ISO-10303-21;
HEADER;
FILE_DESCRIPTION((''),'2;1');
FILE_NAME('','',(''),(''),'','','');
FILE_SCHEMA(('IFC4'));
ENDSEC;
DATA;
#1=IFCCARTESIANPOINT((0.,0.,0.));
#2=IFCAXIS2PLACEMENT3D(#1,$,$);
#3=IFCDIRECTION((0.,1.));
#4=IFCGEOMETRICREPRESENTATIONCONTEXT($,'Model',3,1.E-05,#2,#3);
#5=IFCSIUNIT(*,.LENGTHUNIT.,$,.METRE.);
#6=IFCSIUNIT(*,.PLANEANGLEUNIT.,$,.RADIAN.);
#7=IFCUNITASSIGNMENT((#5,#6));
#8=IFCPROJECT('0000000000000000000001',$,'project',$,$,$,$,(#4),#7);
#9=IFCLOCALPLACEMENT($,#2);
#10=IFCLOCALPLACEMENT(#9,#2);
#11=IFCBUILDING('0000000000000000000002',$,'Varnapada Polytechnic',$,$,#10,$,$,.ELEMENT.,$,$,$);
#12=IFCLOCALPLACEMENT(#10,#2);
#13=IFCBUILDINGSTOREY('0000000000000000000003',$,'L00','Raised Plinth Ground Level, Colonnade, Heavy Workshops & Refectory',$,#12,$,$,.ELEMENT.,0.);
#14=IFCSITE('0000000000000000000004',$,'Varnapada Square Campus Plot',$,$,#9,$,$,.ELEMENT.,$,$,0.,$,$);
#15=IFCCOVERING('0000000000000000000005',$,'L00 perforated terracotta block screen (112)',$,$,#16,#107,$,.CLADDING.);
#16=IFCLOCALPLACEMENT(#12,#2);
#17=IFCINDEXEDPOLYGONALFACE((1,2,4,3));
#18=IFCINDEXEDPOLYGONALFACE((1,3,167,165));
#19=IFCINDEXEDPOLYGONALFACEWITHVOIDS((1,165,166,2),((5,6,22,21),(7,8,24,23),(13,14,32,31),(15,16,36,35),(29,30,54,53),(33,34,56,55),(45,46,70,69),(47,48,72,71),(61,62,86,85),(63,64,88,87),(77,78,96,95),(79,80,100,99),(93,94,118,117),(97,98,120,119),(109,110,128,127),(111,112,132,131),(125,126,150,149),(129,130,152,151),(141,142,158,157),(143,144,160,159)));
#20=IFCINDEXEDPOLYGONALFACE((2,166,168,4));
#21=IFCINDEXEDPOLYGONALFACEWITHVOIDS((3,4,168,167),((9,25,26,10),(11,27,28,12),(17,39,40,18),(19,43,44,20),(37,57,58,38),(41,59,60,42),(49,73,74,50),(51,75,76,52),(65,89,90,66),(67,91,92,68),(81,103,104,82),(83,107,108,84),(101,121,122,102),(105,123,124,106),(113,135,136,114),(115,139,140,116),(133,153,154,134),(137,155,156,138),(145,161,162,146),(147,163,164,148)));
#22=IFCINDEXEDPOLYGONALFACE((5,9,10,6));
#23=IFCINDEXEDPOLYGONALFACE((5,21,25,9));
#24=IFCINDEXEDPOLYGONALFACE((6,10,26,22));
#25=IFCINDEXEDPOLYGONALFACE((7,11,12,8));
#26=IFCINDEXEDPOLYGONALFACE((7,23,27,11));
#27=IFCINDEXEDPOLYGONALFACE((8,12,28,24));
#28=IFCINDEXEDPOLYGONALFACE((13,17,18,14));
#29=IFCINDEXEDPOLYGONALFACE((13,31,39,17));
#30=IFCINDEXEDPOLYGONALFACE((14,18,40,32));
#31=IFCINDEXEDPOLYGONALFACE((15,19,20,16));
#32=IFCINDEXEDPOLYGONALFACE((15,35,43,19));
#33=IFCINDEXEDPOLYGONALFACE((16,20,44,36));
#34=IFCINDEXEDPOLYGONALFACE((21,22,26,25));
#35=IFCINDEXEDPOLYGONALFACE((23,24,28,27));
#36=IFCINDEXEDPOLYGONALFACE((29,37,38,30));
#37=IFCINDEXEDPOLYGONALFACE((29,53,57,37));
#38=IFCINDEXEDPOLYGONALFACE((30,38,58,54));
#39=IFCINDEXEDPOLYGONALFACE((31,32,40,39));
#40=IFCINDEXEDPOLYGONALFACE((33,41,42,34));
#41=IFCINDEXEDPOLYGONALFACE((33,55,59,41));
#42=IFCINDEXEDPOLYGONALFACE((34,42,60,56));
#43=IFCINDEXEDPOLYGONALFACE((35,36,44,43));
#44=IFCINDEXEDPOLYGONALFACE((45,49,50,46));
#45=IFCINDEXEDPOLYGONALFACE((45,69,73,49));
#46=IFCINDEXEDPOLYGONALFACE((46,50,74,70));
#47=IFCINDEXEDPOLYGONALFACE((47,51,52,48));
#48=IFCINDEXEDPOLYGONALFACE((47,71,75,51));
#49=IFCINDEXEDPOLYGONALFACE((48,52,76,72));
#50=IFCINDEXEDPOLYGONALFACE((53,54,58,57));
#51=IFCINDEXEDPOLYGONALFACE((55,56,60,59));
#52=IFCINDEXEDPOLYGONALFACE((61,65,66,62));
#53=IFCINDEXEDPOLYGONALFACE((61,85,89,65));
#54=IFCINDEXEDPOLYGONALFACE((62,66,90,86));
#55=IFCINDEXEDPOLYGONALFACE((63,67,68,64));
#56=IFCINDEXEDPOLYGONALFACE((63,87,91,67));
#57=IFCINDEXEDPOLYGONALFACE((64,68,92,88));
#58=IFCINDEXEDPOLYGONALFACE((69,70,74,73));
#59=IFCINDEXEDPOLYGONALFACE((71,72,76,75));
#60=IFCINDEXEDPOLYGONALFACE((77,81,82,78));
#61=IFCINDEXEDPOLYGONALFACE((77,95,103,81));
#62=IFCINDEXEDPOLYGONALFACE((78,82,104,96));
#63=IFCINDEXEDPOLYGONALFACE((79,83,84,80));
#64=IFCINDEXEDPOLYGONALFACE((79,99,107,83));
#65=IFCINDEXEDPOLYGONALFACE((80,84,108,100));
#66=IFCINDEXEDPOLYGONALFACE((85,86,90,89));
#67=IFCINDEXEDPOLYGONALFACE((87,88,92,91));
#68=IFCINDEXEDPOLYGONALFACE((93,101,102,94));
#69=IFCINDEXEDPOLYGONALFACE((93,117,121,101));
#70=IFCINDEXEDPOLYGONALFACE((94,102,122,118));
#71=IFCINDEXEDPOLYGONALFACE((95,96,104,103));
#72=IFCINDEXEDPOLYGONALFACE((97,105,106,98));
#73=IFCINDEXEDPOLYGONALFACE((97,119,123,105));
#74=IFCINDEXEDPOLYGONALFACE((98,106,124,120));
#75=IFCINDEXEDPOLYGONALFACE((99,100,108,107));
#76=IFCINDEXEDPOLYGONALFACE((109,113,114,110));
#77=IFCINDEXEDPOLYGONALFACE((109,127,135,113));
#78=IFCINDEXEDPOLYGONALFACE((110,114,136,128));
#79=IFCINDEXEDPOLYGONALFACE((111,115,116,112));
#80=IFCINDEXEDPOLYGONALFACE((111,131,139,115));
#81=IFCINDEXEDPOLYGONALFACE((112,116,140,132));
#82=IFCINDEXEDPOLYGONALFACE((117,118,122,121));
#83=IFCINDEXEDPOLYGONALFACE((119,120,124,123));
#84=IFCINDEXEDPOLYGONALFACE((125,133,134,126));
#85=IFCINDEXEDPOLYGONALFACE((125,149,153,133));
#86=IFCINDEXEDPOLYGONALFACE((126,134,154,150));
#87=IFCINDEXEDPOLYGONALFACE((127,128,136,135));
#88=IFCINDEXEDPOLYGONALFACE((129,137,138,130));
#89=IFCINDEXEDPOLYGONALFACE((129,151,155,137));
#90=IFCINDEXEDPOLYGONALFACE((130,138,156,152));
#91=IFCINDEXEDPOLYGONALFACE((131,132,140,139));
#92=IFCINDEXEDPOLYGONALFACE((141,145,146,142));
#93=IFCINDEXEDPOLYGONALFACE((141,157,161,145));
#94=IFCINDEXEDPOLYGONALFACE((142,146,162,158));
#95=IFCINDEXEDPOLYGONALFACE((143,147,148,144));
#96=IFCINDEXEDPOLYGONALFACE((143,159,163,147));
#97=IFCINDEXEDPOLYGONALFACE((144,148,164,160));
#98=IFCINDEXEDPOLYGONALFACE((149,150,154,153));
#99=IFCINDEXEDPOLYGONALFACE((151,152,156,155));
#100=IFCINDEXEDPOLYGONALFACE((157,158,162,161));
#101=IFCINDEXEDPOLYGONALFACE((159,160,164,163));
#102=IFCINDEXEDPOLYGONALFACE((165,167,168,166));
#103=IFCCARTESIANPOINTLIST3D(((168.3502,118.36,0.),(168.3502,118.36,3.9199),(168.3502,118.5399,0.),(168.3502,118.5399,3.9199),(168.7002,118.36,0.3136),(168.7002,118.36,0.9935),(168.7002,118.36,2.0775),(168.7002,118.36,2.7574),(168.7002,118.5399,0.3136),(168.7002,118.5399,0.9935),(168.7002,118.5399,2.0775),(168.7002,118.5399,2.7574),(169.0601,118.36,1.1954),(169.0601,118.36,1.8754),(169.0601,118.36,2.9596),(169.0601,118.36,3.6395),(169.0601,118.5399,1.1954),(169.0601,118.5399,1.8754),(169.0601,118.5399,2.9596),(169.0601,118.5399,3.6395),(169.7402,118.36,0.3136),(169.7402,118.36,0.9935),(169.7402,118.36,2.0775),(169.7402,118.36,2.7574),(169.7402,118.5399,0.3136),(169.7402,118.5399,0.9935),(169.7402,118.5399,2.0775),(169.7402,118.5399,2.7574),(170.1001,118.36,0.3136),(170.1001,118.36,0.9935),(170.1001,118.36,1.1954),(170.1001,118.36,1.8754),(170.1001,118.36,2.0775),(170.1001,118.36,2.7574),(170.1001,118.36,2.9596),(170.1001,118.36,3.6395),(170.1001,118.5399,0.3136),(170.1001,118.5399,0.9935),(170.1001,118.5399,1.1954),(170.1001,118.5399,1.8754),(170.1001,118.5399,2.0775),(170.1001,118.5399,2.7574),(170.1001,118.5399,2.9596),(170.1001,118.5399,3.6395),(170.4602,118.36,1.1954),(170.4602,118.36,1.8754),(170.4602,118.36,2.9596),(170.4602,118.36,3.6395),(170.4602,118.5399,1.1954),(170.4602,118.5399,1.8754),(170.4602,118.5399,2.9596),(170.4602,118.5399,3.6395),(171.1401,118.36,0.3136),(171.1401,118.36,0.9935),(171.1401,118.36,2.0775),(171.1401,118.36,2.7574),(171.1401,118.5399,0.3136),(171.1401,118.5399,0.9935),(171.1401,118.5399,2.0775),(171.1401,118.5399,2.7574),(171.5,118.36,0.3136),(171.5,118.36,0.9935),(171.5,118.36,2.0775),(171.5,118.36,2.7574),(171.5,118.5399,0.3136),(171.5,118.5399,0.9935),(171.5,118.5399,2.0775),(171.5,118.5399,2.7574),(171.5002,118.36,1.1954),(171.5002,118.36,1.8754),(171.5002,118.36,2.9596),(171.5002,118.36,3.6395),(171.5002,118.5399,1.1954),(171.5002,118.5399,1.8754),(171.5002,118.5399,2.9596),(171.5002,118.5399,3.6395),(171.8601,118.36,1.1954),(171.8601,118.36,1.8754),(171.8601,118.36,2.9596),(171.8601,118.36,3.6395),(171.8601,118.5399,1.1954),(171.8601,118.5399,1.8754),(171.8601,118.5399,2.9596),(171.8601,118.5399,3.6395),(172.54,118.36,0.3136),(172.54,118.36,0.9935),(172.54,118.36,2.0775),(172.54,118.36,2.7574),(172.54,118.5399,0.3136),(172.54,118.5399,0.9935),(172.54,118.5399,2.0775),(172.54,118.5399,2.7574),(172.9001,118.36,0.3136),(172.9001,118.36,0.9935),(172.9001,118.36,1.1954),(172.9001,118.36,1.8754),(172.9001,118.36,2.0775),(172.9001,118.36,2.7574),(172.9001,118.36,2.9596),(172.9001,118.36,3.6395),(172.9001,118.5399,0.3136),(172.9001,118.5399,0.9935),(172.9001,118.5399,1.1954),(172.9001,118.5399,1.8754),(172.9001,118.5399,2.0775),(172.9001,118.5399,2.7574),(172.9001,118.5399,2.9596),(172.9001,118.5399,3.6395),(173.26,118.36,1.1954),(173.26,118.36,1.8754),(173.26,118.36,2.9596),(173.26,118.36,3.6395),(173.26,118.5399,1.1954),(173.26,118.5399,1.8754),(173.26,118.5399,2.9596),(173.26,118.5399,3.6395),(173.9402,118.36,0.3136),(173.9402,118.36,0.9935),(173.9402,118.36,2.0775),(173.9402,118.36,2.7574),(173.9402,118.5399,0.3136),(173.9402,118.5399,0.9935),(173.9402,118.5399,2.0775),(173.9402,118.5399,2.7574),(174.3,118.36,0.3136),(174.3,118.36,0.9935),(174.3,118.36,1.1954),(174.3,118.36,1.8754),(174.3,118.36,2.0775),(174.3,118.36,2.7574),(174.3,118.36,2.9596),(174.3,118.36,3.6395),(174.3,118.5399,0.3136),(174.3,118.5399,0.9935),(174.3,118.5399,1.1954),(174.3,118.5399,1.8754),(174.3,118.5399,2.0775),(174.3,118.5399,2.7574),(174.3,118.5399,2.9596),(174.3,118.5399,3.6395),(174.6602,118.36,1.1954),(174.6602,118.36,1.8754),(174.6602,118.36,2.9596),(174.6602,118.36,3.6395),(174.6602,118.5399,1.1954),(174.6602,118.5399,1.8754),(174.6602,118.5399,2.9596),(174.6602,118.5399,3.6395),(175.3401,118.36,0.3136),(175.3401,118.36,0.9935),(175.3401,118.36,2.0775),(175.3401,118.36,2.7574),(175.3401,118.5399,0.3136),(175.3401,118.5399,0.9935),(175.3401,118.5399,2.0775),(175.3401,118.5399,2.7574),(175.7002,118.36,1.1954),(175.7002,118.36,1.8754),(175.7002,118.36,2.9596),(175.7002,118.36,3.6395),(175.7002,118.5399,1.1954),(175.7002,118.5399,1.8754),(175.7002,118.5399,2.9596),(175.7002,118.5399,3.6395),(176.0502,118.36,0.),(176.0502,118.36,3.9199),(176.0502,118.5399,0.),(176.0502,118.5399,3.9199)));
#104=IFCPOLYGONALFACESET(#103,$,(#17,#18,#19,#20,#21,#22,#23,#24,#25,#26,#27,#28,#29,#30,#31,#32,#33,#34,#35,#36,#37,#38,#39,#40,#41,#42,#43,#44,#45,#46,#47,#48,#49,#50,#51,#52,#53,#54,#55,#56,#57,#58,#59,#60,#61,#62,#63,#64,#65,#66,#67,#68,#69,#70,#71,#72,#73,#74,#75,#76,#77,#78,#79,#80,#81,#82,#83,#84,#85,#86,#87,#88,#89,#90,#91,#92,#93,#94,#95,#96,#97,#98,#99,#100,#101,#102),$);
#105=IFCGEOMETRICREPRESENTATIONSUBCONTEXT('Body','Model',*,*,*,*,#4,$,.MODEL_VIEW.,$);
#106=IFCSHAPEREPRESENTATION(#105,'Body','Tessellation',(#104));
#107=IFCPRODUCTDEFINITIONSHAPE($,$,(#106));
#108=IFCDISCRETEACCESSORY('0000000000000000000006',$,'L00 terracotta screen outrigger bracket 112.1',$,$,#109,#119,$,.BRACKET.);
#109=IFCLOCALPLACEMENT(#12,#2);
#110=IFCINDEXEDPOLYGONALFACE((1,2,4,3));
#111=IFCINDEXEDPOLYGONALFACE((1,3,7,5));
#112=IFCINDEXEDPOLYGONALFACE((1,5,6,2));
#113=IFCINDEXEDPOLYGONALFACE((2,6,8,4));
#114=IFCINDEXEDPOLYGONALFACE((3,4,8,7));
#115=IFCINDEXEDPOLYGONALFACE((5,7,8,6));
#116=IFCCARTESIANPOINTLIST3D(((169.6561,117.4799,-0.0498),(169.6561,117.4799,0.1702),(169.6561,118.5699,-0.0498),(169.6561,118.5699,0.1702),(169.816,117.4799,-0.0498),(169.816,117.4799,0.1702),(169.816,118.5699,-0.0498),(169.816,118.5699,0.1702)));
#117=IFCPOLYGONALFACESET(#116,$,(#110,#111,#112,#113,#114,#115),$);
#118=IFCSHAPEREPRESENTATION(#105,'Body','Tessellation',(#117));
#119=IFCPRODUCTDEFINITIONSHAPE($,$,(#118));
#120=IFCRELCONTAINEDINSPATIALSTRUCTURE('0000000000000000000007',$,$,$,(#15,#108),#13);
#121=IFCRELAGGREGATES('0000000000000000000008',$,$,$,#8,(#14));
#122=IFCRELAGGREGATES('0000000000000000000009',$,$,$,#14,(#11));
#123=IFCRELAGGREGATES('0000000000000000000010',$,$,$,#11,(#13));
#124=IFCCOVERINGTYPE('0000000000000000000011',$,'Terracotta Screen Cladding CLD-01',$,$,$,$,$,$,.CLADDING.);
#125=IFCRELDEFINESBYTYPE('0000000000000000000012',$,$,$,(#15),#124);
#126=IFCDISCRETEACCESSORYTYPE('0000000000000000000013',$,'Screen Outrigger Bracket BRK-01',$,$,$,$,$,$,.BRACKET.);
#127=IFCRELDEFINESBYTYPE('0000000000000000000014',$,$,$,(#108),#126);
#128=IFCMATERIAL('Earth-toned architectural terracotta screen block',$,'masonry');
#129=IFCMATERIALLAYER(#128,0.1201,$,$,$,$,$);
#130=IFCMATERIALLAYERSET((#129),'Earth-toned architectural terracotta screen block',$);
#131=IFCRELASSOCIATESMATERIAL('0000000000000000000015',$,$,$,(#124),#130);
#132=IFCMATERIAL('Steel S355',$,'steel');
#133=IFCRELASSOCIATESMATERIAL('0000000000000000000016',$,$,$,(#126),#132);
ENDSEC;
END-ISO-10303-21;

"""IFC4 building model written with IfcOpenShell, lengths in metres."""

from ifc_helpers import new_model, si_unit, direction, frame, frame_2d, origin, origin_2d, place, context, subcontext, project, spatial, rectangle, extrude, material, layer, layer_set, type_object, element, save


model = new_model("IFC4")

# Units and contexts
model_context = context("Model", 3, precision=1e-05, world=origin(), true_north=direction((0.0, 1.0)))
body_context = subcontext(model_context, "Body", "Model", "MODEL_VIEW")
ifc_project = project(units=[si_unit("LENGTHUNIT", "METRE"), si_unit("PLANEANGLEUNIT", "RADIAN")], contexts=[model_context])

# Site, building, storey
site_placement = place(None, origin())
site = spatial("IfcSite", under=ifc_project, at=site_placement, Name="Varnapada Square Campus Plot", CompositionType="ELEMENT", RefElevation=0.0)
building_placement = place(site_placement, origin())
building = spatial("IfcBuilding", under=site, at=building_placement, Name="Varnapada Polytechnic", CompositionType="ELEMENT")
storey_placement = place(building_placement, origin())
storey = spatial("IfcBuildingStorey", under=building, at=storey_placement, Name="L00", Description="Raised Plinth Ground Level, Colonnade, Heavy Workshops & Refectory", CompositionType="ELEMENT", Elevation=0.0)

# Covering, openings
ifc_material_1 = material(Name="Earth-toned architectural terracotta screen block", Category="masonry")
ifc_layer_1 = layer(ifc_material_1, 0.1201)
ifc_layer_set_1 = layer_set([ifc_layer_1], Name="Earth-toned architectural terracotta screen block")
covering_type = type_object("IfcCoveringType", Name="Terracotta Screen Cladding CLD-01", PredefinedType="CLADDING", material=ifc_layer_set_1)
covering_placement = place(storey_placement, frame((168.3501, 118.45, 0.0), z_axis=(0.0, 0.0, 1.0), x_axis=(1.0, 0.0, 0.0)))
covering = element("IfcCovering", 1, at=covering_placement, inside=storey, type_object=covering_type, Name="L00 perforated terracotta block screen (112)", PredefinedType="CLADDING", context=body_context, shape_type="SweptSolid", body=[
    extrude(rectangle(XDim=7.7, YDim=0.1799, at=frame_2d((3.8501, 0.0))), origin(), (0.0, 0.0, 1.0), 3.9199),
])
opening_1_placement = place(covering_placement, frame((0.3501, 0.0, 0.3137)))
element("IfcOpeningElement", 2, at=opening_1_placement, cuts=covering, PredefinedType="OPENING", context=body_context, shape_type="SweptSolid", body=[
    extrude(rectangle(XDim=1.04, YDim=0.6799, at=frame_2d((0.52, 0.3398))), frame((0.0, 0.0999, 0.0), z_axis=(0.0, -1.0, 0.0), x_axis=(1.0, 0.0, 0.0)), (0.0, 0.0, 1.0), 0.2),
])
opening_2_placement = place(covering_placement, frame((1.75, 0.0, 0.3137)))
element("IfcOpeningElement", 3, at=opening_2_placement, cuts=covering, PredefinedType="OPENING", context=body_context, shape_type="SweptSolid", body=[
    extrude(rectangle(XDim=1.04, YDim=0.6799, at=frame_2d((0.52, 0.3398))), frame((0.0, 0.0999, 0.0), z_axis=(0.0, -1.0, 0.0), x_axis=(1.0, 0.0, 0.0)), (0.0, 0.0, 1.0), 0.2),
])
opening_3_placement = place(covering_placement, frame((3.1499, 0.0, 0.3137)))
element("IfcOpeningElement", 4, at=opening_3_placement, cuts=covering, PredefinedType="OPENING", context=body_context, shape_type="SweptSolid", body=[
    extrude(rectangle(XDim=1.04, YDim=0.6799, at=frame_2d((0.52, 0.3398))), frame((0.0, 0.0999, 0.0), z_axis=(0.0, -1.0, 0.0), x_axis=(1.0, 0.0, 0.0)), (0.0, 0.0, 1.0), 0.2),
])
opening_4_placement = place(covering_placement, frame((4.55, 0.0, 0.3137)))
element("IfcOpeningElement", 5, at=opening_4_placement, cuts=covering, PredefinedType="OPENING", context=body_context, shape_type="SweptSolid", body=[
    extrude(rectangle(XDim=1.04, YDim=0.6799, at=frame_2d((0.52, 0.3398))), frame((0.0, 0.0999, 0.0), z_axis=(0.0, -1.0, 0.0), x_axis=(1.0, 0.0, 0.0)), (0.0, 0.0, 1.0), 0.2),
])
opening_5_placement = place(covering_placement, frame((5.95, 0.0, 0.3137)))
element("IfcOpeningElement", 6, at=opening_5_placement, cuts=covering, PredefinedType="OPENING", context=body_context, shape_type="SweptSolid", body=[
    extrude(rectangle(XDim=1.04, YDim=0.6799, at=frame_2d((0.52, 0.3398))), frame((0.0, 0.0999, 0.0), z_axis=(0.0, -1.0, 0.0), x_axis=(1.0, 0.0, 0.0)), (0.0, 0.0, 1.0), 0.2),
])
opening_6_placement = place(covering_placement, frame((0.71, 0.0, 1.1956)))
element("IfcOpeningElement", 7, at=opening_6_placement, cuts=covering, PredefinedType="OPENING", context=body_context, shape_type="SweptSolid", body=[
    extrude(rectangle(XDim=1.04, YDim=0.6799, at=frame_2d((0.52, 0.3398))), frame((0.0, 0.0999, 0.0), z_axis=(0.0, -1.0, 0.0), x_axis=(1.0, 0.0, 0.0)), (0.0, 0.0, 1.0), 0.2),
])
opening_7_placement = place(covering_placement, frame((2.1101, 0.0, 1.1956)))
element("IfcOpeningElement", 8, at=opening_7_placement, cuts=covering, PredefinedType="OPENING", context=body_context, shape_type="SweptSolid", body=[
    extrude(rectangle(XDim=1.04, YDim=0.6799, at=frame_2d((0.52, 0.3398))), frame((0.0, 0.0999, 0.0), z_axis=(0.0, -1.0, 0.0), x_axis=(1.0, 0.0, 0.0)), (0.0, 0.0, 1.0), 0.2),
])
opening_8_placement = place(covering_placement, frame((3.51, 0.0, 1.1956)))
element("IfcOpeningElement", 9, at=opening_8_placement, cuts=covering, PredefinedType="OPENING", context=body_context, shape_type="SweptSolid", body=[
    extrude(rectangle(XDim=1.04, YDim=0.6799, at=frame_2d((0.52, 0.3398))), frame((0.0, 0.0999, 0.0), z_axis=(0.0, -1.0, 0.0), x_axis=(1.0, 0.0, 0.0)), (0.0, 0.0, 1.0), 0.2),
])
opening_9_placement = place(covering_placement, frame((4.9099, 0.0, 1.1956)))
element("IfcOpeningElement", 10, at=opening_9_placement, cuts=covering, PredefinedType="OPENING", context=body_context, shape_type="SweptSolid", body=[
    extrude(rectangle(XDim=1.04, YDim=0.6799, at=frame_2d((0.52, 0.3398))), frame((0.0, 0.0999, 0.0), z_axis=(0.0, -1.0, 0.0), x_axis=(1.0, 0.0, 0.0)), (0.0, 0.0, 1.0), 0.2),
])
opening_10_placement = place(covering_placement, frame((6.3101, 0.0, 1.1956)))
element("IfcOpeningElement", 11, at=opening_10_placement, cuts=covering, PredefinedType="OPENING", context=body_context, shape_type="SweptSolid", body=[
    extrude(rectangle(XDim=1.04, YDim=0.6799, at=frame_2d((0.52, 0.3398))), frame((0.0, 0.0999, 0.0), z_axis=(0.0, -1.0, 0.0), x_axis=(1.0, 0.0, 0.0)), (0.0, 0.0, 1.0), 0.2),
])
opening_11_placement = place(covering_placement, frame((0.3501, 0.0, 2.0776)))
element("IfcOpeningElement", 12, at=opening_11_placement, cuts=covering, PredefinedType="OPENING", context=body_context, shape_type="SweptSolid", body=[
    extrude(rectangle(XDim=1.04, YDim=0.6799, at=frame_2d((0.52, 0.3398))), frame((0.0, 0.0999, 0.0), z_axis=(0.0, -1.0, 0.0), x_axis=(1.0, 0.0, 0.0)), (0.0, 0.0, 1.0), 0.2),
])
opening_12_placement = place(covering_placement, frame((1.75, 0.0, 2.0776)))
element("IfcOpeningElement", 13, at=opening_12_placement, cuts=covering, PredefinedType="OPENING", context=body_context, shape_type="SweptSolid", body=[
    extrude(rectangle(XDim=1.04, YDim=0.6799, at=frame_2d((0.52, 0.3398))), frame((0.0, 0.0999, 0.0), z_axis=(0.0, -1.0, 0.0), x_axis=(1.0, 0.0, 0.0)), (0.0, 0.0, 1.0), 0.2),
])
opening_13_placement = place(covering_placement, frame((3.1499, 0.0, 2.0776)))
element("IfcOpeningElement", 14, at=opening_13_placement, cuts=covering, PredefinedType="OPENING", context=body_context, shape_type="SweptSolid", body=[
    extrude(rectangle(XDim=1.04, YDim=0.6799, at=frame_2d((0.52, 0.3398))), frame((0.0, 0.0999, 0.0), z_axis=(0.0, -1.0, 0.0), x_axis=(1.0, 0.0, 0.0)), (0.0, 0.0, 1.0), 0.2),
])
opening_14_placement = place(covering_placement, frame((4.55, 0.0, 2.0776)))
element("IfcOpeningElement", 15, at=opening_14_placement, cuts=covering, PredefinedType="OPENING", context=body_context, shape_type="SweptSolid", body=[
    extrude(rectangle(XDim=1.04, YDim=0.6799, at=frame_2d((0.52, 0.3398))), frame((0.0, 0.0999, 0.0), z_axis=(0.0, -1.0, 0.0), x_axis=(1.0, 0.0, 0.0)), (0.0, 0.0, 1.0), 0.2),
])
opening_15_placement = place(covering_placement, frame((5.95, 0.0, 2.0776)))
element("IfcOpeningElement", 16, at=opening_15_placement, cuts=covering, PredefinedType="OPENING", context=body_context, shape_type="SweptSolid", body=[
    extrude(rectangle(XDim=1.04, YDim=0.6799, at=frame_2d((0.52, 0.3398))), frame((0.0, 0.0999, 0.0), z_axis=(0.0, -1.0, 0.0), x_axis=(1.0, 0.0, 0.0)), (0.0, 0.0, 1.0), 0.2),
])
opening_16_placement = place(covering_placement, frame((0.71, 0.0, 2.9597)))
element("IfcOpeningElement", 17, at=opening_16_placement, cuts=covering, PredefinedType="OPENING", context=body_context, shape_type="SweptSolid", body=[
    extrude(rectangle(XDim=1.04, YDim=0.6799, at=frame_2d((0.52, 0.3398))), frame((0.0, 0.0999, 0.0), z_axis=(0.0, -1.0, 0.0), x_axis=(1.0, 0.0, 0.0)), (0.0, 0.0, 1.0), 0.2),
])
opening_17_placement = place(covering_placement, frame((2.1101, 0.0, 2.9597)))
element("IfcOpeningElement", 18, at=opening_17_placement, cuts=covering, PredefinedType="OPENING", context=body_context, shape_type="SweptSolid", body=[
    extrude(rectangle(XDim=1.04, YDim=0.6799, at=frame_2d((0.52, 0.3398))), frame((0.0, 0.0999, 0.0), z_axis=(0.0, -1.0, 0.0), x_axis=(1.0, 0.0, 0.0)), (0.0, 0.0, 1.0), 0.2),
])
opening_18_placement = place(covering_placement, frame((3.51, 0.0, 2.9597)))
element("IfcOpeningElement", 19, at=opening_18_placement, cuts=covering, PredefinedType="OPENING", context=body_context, shape_type="SweptSolid", body=[
    extrude(rectangle(XDim=1.04, YDim=0.6799, at=frame_2d((0.52, 0.3398))), frame((0.0, 0.0999, 0.0), z_axis=(0.0, -1.0, 0.0), x_axis=(1.0, 0.0, 0.0)), (0.0, 0.0, 1.0), 0.2),
])
opening_19_placement = place(covering_placement, frame((4.9099, 0.0, 2.9597)))
element("IfcOpeningElement", 20, at=opening_19_placement, cuts=covering, PredefinedType="OPENING", context=body_context, shape_type="SweptSolid", body=[
    extrude(rectangle(XDim=1.04, YDim=0.6799, at=frame_2d((0.52, 0.3398))), frame((0.0, 0.0999, 0.0), z_axis=(0.0, -1.0, 0.0), x_axis=(1.0, 0.0, 0.0)), (0.0, 0.0, 1.0), 0.2),
])
opening_20_placement = place(covering_placement, frame((6.3101, 0.0, 2.9597)))
element("IfcOpeningElement", 21, at=opening_20_placement, cuts=covering, PredefinedType="OPENING", context=body_context, shape_type="SweptSolid", body=[
    extrude(rectangle(XDim=1.04, YDim=0.6799, at=frame_2d((0.52, 0.3398))), frame((0.0, 0.0999, 0.0), z_axis=(0.0, -1.0, 0.0), x_axis=(1.0, 0.0, 0.0)), (0.0, 0.0, 1.0), 0.2),
])

# Discrete accessory
ifc_material_2 = material(Name="Steel S355", Category="steel")
discrete_accessory_type = type_object("IfcDiscreteAccessoryType", Name="Screen Outrigger Bracket BRK-01", PredefinedType="BRACKET", material=ifc_material_2)
discrete_accessory_placement = place(storey_placement, frame((169.7361, 118.0249, -0.0498), z_axis=(0.0, 0.0, 1.0), x_axis=(1.0, 0.0, 0.0)))
element("IfcDiscreteAccessory", 22, at=discrete_accessory_placement, inside=storey, type_object=discrete_accessory_type, Name="L00 terracotta screen outrigger bracket 112.1", PredefinedType="BRACKET", context=body_context, shape_type="SweptSolid", body=[
    extrude(rectangle(XDim=0.1599, YDim=1.0901, at=origin_2d()), origin(), (0.0, 0.0, 1.0), 0.22),
])

save(model, "model.ifc")
